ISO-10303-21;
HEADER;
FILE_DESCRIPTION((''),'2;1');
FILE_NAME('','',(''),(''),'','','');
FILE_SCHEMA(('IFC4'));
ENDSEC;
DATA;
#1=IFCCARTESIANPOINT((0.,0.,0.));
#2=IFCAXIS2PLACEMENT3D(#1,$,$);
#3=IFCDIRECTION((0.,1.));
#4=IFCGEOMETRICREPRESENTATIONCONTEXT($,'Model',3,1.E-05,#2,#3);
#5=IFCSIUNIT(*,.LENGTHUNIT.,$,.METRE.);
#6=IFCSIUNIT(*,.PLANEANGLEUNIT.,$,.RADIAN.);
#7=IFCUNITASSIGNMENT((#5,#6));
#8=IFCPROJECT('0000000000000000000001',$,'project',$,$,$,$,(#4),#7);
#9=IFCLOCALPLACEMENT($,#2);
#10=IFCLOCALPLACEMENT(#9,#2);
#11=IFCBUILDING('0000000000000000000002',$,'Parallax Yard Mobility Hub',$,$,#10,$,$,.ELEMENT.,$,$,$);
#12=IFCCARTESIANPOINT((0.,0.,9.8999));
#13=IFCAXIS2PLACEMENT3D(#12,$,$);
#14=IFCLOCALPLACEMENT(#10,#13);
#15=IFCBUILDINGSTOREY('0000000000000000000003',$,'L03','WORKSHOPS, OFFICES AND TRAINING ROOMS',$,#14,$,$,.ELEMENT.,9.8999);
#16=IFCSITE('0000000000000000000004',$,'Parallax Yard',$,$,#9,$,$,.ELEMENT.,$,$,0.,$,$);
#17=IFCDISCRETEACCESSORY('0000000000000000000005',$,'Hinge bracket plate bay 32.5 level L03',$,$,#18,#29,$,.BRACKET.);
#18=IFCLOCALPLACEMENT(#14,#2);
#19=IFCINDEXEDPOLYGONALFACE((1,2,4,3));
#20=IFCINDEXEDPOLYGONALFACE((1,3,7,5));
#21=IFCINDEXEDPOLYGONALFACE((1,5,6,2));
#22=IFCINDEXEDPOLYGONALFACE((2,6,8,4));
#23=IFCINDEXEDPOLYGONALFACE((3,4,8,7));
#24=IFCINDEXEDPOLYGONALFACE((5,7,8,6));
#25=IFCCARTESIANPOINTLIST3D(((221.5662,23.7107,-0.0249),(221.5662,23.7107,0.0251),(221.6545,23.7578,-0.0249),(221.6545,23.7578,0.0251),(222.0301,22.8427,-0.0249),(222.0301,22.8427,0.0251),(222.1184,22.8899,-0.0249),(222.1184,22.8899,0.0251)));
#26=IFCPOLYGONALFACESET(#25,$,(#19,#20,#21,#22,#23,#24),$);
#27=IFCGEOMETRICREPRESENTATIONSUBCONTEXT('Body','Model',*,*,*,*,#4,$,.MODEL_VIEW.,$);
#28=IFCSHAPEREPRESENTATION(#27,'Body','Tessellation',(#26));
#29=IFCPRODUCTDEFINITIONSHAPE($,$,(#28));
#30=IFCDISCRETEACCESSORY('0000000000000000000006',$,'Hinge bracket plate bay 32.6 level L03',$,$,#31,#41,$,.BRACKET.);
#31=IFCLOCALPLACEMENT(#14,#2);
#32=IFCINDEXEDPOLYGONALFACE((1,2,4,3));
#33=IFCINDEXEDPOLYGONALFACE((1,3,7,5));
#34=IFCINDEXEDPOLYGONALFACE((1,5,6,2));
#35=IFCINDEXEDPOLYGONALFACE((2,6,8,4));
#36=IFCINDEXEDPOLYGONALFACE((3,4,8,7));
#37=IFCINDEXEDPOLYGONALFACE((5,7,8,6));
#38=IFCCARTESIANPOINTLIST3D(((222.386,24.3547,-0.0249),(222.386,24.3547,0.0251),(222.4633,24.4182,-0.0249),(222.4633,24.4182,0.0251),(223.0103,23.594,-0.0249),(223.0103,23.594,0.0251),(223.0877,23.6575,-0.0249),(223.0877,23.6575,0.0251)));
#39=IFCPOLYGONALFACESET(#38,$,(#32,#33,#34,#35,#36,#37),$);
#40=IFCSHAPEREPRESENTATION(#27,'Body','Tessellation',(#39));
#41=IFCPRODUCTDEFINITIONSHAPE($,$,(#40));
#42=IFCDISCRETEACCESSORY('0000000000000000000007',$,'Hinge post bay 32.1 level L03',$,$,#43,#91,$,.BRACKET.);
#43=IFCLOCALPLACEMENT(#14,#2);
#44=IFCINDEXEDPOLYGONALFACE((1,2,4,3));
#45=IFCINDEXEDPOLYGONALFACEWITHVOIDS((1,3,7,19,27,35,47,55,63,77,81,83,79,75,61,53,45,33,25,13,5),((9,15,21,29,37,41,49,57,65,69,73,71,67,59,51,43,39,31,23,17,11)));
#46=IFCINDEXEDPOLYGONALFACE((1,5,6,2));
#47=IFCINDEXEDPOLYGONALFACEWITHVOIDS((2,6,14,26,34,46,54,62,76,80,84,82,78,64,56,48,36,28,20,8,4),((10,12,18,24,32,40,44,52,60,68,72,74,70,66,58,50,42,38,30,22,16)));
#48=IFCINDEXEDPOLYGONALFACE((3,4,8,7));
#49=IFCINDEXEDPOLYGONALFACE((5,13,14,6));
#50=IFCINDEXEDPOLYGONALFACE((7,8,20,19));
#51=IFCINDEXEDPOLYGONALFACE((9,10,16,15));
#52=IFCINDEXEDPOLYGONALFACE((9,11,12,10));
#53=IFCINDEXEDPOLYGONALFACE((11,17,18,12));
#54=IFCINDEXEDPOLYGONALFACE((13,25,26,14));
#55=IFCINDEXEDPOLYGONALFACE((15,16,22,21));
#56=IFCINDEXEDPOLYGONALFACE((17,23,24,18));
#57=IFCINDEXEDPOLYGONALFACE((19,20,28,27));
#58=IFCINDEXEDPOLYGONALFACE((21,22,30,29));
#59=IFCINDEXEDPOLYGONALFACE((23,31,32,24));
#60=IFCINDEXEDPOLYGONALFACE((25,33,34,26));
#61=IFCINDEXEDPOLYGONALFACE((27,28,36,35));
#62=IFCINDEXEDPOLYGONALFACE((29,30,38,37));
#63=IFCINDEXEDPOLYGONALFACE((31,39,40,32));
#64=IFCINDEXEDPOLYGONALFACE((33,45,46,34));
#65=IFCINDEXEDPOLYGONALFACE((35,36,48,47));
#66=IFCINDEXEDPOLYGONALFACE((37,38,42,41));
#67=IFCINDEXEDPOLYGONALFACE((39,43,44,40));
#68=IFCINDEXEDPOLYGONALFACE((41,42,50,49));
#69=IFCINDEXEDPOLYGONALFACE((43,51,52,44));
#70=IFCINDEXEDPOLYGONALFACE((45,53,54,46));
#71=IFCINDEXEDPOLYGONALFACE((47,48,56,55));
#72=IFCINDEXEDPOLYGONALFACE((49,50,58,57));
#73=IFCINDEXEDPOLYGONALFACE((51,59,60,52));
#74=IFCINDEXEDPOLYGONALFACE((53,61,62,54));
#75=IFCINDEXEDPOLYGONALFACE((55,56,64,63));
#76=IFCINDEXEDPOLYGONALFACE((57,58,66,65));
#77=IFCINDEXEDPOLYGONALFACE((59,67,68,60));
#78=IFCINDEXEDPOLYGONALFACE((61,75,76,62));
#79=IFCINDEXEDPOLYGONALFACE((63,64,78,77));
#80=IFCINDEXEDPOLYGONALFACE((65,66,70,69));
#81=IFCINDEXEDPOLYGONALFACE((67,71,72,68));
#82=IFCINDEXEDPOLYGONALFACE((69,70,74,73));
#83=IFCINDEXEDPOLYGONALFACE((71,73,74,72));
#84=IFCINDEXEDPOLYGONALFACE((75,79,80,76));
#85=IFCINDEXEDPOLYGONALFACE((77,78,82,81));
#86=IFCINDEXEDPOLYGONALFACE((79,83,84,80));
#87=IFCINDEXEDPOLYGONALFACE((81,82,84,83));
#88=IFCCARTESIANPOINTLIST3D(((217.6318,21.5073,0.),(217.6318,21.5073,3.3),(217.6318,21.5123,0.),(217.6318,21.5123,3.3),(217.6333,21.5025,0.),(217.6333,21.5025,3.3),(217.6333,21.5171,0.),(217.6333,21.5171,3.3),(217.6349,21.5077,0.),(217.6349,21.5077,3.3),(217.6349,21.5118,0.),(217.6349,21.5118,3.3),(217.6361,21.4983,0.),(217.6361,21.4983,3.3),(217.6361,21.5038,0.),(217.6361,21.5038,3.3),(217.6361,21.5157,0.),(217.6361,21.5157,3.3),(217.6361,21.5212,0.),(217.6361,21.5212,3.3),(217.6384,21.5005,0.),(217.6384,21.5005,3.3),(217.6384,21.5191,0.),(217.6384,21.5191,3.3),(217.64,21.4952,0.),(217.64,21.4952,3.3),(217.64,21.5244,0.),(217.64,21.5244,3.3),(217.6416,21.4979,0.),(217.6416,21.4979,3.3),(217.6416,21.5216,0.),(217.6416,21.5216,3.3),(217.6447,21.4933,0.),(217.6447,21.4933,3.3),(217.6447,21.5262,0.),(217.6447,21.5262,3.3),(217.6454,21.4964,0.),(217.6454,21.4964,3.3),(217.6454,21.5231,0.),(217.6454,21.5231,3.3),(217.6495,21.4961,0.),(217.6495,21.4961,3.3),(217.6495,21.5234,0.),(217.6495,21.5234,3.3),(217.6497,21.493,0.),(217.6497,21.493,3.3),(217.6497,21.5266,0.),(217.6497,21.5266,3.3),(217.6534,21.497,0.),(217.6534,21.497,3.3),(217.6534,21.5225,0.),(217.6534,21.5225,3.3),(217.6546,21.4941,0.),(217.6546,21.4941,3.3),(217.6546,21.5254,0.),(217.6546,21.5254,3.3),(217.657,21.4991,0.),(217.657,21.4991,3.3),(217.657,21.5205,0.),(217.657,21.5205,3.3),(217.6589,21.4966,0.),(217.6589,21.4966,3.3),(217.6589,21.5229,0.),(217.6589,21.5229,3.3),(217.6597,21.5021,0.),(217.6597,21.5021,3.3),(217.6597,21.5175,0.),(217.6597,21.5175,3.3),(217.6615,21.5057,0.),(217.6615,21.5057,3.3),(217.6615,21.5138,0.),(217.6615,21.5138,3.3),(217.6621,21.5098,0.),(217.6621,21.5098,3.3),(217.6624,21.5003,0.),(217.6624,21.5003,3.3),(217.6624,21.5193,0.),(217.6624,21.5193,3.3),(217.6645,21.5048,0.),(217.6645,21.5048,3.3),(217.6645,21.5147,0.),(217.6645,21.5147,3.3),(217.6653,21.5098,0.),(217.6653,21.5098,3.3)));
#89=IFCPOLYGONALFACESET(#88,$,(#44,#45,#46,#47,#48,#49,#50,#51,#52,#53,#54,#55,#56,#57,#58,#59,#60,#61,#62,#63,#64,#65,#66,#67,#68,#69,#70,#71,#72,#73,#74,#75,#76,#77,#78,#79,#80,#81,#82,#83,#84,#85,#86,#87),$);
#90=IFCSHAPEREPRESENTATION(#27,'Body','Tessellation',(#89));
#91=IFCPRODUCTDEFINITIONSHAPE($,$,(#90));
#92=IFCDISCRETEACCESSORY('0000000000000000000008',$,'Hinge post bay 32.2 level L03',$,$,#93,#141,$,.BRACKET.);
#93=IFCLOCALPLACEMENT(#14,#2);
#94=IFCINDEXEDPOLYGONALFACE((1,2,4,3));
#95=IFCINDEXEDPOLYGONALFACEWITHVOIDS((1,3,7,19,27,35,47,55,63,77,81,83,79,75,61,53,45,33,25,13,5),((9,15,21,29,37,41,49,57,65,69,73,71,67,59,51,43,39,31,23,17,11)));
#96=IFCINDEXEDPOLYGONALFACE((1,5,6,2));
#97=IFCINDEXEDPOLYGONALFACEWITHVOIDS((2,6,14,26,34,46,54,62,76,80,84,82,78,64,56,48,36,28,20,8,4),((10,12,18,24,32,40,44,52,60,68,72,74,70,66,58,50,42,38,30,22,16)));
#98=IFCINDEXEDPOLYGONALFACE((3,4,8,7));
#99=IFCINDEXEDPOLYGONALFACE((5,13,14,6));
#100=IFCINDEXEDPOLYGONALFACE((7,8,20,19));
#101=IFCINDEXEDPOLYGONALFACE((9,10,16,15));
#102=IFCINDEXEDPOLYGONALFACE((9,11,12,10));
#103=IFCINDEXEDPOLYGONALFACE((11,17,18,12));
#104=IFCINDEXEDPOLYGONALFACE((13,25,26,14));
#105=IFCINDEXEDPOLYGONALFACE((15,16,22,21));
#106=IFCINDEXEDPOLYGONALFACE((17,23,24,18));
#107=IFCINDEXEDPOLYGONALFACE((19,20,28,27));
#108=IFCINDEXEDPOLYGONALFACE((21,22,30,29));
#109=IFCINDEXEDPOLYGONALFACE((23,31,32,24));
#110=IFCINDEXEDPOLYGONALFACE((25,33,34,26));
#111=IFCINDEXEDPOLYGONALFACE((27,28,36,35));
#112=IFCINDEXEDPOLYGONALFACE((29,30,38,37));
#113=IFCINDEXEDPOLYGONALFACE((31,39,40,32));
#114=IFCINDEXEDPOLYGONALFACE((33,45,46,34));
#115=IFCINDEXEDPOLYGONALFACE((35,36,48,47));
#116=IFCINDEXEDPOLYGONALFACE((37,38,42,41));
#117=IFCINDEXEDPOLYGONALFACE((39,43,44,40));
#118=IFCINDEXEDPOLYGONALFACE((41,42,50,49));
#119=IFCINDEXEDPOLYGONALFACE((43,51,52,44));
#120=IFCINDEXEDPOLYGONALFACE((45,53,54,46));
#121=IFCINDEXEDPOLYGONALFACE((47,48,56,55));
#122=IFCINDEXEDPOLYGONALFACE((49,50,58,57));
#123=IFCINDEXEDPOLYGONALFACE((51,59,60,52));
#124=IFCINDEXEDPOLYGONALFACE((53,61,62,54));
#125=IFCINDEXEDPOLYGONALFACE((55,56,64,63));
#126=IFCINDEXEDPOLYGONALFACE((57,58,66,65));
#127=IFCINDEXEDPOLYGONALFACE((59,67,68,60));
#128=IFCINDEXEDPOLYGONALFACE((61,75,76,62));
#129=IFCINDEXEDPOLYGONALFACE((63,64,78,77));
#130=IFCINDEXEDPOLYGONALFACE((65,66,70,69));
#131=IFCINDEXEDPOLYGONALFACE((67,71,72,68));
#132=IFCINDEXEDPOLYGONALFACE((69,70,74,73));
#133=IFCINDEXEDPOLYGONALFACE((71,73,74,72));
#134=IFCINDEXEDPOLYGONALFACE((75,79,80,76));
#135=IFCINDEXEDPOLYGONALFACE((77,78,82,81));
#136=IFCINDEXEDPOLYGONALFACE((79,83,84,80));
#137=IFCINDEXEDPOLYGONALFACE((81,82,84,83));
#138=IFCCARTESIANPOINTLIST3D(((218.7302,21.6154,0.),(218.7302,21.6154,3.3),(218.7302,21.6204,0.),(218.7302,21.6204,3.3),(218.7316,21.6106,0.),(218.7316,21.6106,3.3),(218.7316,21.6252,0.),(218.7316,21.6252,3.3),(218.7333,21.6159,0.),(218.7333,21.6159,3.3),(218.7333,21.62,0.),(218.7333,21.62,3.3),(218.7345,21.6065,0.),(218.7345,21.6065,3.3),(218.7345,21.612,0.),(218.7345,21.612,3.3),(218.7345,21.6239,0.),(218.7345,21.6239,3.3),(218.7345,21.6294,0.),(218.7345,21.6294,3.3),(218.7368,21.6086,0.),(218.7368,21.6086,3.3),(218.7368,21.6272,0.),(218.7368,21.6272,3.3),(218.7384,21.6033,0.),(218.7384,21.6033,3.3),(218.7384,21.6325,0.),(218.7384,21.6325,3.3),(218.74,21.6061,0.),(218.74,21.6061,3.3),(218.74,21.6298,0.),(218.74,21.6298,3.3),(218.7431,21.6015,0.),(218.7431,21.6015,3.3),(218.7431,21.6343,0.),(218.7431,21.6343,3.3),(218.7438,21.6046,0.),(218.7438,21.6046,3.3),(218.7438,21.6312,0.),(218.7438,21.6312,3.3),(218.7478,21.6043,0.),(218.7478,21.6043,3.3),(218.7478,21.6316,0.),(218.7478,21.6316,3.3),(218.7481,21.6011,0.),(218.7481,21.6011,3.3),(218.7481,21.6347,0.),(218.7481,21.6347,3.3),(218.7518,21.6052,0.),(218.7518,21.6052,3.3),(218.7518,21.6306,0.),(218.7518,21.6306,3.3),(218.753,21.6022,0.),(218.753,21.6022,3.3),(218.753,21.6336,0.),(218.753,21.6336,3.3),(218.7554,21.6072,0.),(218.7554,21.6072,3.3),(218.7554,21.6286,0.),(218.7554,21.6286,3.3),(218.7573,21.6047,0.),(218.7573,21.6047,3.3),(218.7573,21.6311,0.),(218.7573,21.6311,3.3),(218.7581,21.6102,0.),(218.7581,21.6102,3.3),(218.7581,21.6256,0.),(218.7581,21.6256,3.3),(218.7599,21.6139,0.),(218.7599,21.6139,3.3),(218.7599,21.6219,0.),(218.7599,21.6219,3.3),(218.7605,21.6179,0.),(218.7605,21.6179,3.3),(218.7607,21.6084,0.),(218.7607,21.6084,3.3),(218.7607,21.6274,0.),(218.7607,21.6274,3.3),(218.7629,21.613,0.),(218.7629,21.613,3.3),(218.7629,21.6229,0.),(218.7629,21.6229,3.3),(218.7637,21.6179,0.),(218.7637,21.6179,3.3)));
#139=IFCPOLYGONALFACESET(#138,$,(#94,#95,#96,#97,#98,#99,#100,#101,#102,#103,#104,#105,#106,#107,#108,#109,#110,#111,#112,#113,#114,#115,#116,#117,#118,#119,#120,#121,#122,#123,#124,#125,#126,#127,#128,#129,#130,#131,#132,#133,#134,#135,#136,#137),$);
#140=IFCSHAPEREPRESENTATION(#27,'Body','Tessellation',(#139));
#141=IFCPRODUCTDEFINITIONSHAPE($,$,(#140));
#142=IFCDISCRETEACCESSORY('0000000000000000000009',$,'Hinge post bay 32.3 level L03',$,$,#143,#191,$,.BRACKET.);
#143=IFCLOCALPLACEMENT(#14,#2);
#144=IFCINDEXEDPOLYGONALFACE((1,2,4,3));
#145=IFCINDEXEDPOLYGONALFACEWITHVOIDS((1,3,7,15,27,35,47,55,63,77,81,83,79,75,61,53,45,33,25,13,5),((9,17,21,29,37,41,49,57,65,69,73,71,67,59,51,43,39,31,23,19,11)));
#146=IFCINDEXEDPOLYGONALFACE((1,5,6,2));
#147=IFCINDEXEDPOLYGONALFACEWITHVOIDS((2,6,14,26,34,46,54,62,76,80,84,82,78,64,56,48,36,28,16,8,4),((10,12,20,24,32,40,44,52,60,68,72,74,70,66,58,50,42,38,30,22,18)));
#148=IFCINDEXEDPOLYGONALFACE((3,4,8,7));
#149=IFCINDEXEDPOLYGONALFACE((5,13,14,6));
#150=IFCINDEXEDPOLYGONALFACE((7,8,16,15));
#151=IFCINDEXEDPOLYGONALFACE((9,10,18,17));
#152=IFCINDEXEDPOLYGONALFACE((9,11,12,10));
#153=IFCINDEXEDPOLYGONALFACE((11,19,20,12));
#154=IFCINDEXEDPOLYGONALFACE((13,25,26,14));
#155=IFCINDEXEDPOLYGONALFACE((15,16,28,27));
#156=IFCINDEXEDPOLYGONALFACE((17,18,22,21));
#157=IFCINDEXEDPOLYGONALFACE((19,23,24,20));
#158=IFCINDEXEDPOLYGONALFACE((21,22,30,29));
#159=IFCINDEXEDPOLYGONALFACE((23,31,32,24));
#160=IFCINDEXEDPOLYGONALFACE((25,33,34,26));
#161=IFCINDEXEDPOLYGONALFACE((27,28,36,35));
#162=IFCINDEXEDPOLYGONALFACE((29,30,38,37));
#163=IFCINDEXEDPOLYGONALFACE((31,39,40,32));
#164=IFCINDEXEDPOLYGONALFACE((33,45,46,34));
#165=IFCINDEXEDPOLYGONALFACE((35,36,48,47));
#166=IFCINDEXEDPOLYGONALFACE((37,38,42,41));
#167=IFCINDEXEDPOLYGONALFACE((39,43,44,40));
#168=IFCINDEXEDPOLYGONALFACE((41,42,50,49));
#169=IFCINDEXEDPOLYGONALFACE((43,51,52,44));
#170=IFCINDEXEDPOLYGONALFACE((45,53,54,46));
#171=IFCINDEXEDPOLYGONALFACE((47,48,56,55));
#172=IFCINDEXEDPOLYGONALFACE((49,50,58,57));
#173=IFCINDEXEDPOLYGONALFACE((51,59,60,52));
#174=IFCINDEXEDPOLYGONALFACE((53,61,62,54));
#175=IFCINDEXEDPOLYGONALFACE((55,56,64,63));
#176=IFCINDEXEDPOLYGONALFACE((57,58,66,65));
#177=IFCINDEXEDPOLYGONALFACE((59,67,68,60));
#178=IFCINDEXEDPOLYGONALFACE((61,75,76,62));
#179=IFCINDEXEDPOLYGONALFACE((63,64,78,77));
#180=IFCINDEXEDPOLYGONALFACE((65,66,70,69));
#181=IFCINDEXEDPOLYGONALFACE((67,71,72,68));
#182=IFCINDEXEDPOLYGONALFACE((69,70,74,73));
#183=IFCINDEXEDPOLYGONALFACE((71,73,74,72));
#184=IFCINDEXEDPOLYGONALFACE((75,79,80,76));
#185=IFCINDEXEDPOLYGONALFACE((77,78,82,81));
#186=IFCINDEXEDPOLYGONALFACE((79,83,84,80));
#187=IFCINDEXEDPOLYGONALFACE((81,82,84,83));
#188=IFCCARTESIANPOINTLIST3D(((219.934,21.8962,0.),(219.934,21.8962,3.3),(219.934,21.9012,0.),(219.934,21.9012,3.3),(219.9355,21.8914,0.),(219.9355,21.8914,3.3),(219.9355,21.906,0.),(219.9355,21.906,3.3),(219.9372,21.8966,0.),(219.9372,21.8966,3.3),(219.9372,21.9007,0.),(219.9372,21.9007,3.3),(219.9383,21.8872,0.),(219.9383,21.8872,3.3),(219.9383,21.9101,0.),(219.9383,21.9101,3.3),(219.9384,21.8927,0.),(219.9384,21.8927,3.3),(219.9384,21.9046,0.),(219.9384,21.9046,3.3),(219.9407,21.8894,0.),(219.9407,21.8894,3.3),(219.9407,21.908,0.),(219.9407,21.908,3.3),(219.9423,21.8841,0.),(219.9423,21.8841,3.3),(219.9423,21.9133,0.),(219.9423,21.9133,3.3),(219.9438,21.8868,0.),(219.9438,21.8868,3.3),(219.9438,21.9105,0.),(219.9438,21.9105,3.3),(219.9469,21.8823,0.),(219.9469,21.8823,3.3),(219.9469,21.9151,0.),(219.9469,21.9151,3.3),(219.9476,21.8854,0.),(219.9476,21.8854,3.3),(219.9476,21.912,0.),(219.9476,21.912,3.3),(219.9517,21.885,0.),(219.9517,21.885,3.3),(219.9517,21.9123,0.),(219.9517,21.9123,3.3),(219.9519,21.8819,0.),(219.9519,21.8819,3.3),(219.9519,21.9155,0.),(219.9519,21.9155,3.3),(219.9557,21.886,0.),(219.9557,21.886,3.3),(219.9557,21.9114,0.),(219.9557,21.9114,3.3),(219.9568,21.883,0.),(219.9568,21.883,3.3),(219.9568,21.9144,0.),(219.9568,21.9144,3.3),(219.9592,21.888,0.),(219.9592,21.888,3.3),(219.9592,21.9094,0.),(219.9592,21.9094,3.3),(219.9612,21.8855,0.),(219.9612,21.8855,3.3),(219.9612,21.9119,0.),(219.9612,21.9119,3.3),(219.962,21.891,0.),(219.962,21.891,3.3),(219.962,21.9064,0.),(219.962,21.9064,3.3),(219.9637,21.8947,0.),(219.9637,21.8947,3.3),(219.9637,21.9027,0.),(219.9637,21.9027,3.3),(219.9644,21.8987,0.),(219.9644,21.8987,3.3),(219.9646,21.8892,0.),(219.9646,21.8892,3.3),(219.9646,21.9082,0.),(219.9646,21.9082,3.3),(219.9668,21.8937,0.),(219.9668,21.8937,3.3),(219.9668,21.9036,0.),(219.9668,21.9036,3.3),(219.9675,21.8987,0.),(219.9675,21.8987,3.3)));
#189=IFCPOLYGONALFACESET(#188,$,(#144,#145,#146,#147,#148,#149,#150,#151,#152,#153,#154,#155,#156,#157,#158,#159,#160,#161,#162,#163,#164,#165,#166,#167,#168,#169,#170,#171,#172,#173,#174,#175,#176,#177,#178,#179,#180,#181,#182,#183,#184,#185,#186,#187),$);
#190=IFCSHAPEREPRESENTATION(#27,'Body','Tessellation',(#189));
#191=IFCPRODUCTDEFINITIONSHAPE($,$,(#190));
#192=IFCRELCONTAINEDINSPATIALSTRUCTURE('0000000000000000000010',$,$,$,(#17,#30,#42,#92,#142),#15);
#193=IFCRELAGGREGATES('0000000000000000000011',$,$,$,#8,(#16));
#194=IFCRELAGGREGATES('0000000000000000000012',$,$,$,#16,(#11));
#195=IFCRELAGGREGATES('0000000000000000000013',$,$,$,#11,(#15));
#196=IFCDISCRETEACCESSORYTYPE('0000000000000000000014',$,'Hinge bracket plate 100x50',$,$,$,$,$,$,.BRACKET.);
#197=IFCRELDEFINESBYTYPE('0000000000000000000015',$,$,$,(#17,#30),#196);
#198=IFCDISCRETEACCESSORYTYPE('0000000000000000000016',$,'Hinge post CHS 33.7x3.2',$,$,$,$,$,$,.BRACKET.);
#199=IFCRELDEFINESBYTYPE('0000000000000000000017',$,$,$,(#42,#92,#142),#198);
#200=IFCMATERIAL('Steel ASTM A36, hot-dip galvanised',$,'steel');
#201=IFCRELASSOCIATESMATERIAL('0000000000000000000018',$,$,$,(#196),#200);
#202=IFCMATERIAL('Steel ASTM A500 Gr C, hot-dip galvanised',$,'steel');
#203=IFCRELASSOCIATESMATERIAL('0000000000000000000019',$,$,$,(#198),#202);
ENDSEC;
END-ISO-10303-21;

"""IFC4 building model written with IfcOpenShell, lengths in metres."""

from ifc_helpers import new_model, si_unit, direction, frame, origin, origin_2d, place, context, subcontext, project, spatial, rectangle, hollow_circle, extrude, material, material_profile, profile_set, type_object, element, save


model = new_model("IFC4")

# Units and contexts
model_context = context("Model", 3, precision=1e-05, world=origin(), true_north=direction((0.0, 1.0)))
body_context = subcontext(model_context, "Body", "Model", "MODEL_VIEW")
ifc_project = project(units=[si_unit("LENGTHUNIT", "METRE"), si_unit("PLANEANGLEUNIT", "RADIAN")], contexts=[model_context])

# Site, building, storey
site_placement = place(None, origin())
site = spatial("IfcSite", under=ifc_project, at=site_placement, Name="Parallax Yard", CompositionType="ELEMENT", RefElevation=0.0)
building_placement = place(site_placement, origin())
building = spatial("IfcBuilding", under=site, at=building_placement, Name="Parallax Yard Mobility Hub", CompositionType="ELEMENT")
storey_placement = place(building_placement, frame((0.0, 0.0, 9.8999)))
storey = spatial("IfcBuildingStorey", under=building, at=storey_placement, Name="L03", Description="WORKSHOPS, OFFICES AND TRAINING ROOMS", CompositionType="ELEMENT", Elevation=9.8999)

# Discrete accessories
ifc_material_1 = material(Name="Steel ASTM A36, hot-dip galvanised", Category="steel")
discrete_accessory_type_1 = type_object("IfcDiscreteAccessoryType", Name="Hinge bracket plate 100x50", PredefinedType="BRACKET", material=ifc_material_1)
for number, where, z_axis, x_axis, name in (
    (1, (221.8423, 23.3003, -0.0249), (0.0, 0.0, 1.0), (0.471397, -0.881921, 0.0), "Hinge bracket plate bay 32.5 level L03"),
    (2, (222.7368, 24.0061, -0.0249), (0.0, 0.0, 1.0), (0.634393, -0.77301, 0.0), "Hinge bracket plate bay 32.6 level L03"),
):
    element("IfcDiscreteAccessory", number, at=place(storey_placement, frame(where, z_axis=z_axis, x_axis=x_axis)), inside=storey, type_object=discrete_accessory_type_1, Name=name, PredefinedType="BRACKET", context=body_context, shape_type="SweptSolid", body=[
        extrude(rectangle(XDim=0.9841, YDim=0.1001, at=origin_2d()), origin(), (0.0, 0.0, 1.0), 0.05),
    ])
ifc_material_2 = material(Name="Steel ASTM A500 Gr C, hot-dip galvanised", Category="steel")
ifc_material_profile_1 = material_profile(ifc_material_2, hollow_circle(Radius=0.0168, WallThickness=0.0032, at=origin_2d()), Name="CHS 33.7x3.2")
ifc_profile_set_1 = profile_set([ifc_material_profile_1], Name="Steel ASTM A500 Gr C, hot-dip galvanised")
discrete_accessory_type_2 = type_object("IfcDiscreteAccessoryType", Name="Hinge post CHS 33.7x3.2", PredefinedType="BRACKET", material=ifc_profile_set_1)
for number, where, z_axis, x_axis, name in (
    (3, (217.6484, 21.5098, 0.0), (0.0, 0.0, 1.0), (1.0, 0.0, 0.0), "Hinge post bay 32.1 level L03"),
    (4, (218.7468, 21.6179, 0.0), (0.0, 0.0, 1.0), (1.0, 0.0, 0.0), "Hinge post bay 32.2 level L03"),
    (5, (219.9507, 21.8987, 0.0), (0.0, 0.0, 1.0), (1.0, 0.0, 0.0), "Hinge post bay 32.3 level L03"),
):
    element("IfcDiscreteAccessory", number, at=place(storey_placement, frame(where, z_axis=z_axis, x_axis=x_axis)), inside=storey, type_object=discrete_accessory_type_2, Name=name, PredefinedType="BRACKET", context=body_context, shape_type="SweptSolid", body=[
        extrude(hollow_circle(Radius=0.0168, WallThickness=0.0032, at=origin_2d()), origin(), (0.0, 0.0, 1.0), 3.3),
    ])

save(model, "model.ifc")
